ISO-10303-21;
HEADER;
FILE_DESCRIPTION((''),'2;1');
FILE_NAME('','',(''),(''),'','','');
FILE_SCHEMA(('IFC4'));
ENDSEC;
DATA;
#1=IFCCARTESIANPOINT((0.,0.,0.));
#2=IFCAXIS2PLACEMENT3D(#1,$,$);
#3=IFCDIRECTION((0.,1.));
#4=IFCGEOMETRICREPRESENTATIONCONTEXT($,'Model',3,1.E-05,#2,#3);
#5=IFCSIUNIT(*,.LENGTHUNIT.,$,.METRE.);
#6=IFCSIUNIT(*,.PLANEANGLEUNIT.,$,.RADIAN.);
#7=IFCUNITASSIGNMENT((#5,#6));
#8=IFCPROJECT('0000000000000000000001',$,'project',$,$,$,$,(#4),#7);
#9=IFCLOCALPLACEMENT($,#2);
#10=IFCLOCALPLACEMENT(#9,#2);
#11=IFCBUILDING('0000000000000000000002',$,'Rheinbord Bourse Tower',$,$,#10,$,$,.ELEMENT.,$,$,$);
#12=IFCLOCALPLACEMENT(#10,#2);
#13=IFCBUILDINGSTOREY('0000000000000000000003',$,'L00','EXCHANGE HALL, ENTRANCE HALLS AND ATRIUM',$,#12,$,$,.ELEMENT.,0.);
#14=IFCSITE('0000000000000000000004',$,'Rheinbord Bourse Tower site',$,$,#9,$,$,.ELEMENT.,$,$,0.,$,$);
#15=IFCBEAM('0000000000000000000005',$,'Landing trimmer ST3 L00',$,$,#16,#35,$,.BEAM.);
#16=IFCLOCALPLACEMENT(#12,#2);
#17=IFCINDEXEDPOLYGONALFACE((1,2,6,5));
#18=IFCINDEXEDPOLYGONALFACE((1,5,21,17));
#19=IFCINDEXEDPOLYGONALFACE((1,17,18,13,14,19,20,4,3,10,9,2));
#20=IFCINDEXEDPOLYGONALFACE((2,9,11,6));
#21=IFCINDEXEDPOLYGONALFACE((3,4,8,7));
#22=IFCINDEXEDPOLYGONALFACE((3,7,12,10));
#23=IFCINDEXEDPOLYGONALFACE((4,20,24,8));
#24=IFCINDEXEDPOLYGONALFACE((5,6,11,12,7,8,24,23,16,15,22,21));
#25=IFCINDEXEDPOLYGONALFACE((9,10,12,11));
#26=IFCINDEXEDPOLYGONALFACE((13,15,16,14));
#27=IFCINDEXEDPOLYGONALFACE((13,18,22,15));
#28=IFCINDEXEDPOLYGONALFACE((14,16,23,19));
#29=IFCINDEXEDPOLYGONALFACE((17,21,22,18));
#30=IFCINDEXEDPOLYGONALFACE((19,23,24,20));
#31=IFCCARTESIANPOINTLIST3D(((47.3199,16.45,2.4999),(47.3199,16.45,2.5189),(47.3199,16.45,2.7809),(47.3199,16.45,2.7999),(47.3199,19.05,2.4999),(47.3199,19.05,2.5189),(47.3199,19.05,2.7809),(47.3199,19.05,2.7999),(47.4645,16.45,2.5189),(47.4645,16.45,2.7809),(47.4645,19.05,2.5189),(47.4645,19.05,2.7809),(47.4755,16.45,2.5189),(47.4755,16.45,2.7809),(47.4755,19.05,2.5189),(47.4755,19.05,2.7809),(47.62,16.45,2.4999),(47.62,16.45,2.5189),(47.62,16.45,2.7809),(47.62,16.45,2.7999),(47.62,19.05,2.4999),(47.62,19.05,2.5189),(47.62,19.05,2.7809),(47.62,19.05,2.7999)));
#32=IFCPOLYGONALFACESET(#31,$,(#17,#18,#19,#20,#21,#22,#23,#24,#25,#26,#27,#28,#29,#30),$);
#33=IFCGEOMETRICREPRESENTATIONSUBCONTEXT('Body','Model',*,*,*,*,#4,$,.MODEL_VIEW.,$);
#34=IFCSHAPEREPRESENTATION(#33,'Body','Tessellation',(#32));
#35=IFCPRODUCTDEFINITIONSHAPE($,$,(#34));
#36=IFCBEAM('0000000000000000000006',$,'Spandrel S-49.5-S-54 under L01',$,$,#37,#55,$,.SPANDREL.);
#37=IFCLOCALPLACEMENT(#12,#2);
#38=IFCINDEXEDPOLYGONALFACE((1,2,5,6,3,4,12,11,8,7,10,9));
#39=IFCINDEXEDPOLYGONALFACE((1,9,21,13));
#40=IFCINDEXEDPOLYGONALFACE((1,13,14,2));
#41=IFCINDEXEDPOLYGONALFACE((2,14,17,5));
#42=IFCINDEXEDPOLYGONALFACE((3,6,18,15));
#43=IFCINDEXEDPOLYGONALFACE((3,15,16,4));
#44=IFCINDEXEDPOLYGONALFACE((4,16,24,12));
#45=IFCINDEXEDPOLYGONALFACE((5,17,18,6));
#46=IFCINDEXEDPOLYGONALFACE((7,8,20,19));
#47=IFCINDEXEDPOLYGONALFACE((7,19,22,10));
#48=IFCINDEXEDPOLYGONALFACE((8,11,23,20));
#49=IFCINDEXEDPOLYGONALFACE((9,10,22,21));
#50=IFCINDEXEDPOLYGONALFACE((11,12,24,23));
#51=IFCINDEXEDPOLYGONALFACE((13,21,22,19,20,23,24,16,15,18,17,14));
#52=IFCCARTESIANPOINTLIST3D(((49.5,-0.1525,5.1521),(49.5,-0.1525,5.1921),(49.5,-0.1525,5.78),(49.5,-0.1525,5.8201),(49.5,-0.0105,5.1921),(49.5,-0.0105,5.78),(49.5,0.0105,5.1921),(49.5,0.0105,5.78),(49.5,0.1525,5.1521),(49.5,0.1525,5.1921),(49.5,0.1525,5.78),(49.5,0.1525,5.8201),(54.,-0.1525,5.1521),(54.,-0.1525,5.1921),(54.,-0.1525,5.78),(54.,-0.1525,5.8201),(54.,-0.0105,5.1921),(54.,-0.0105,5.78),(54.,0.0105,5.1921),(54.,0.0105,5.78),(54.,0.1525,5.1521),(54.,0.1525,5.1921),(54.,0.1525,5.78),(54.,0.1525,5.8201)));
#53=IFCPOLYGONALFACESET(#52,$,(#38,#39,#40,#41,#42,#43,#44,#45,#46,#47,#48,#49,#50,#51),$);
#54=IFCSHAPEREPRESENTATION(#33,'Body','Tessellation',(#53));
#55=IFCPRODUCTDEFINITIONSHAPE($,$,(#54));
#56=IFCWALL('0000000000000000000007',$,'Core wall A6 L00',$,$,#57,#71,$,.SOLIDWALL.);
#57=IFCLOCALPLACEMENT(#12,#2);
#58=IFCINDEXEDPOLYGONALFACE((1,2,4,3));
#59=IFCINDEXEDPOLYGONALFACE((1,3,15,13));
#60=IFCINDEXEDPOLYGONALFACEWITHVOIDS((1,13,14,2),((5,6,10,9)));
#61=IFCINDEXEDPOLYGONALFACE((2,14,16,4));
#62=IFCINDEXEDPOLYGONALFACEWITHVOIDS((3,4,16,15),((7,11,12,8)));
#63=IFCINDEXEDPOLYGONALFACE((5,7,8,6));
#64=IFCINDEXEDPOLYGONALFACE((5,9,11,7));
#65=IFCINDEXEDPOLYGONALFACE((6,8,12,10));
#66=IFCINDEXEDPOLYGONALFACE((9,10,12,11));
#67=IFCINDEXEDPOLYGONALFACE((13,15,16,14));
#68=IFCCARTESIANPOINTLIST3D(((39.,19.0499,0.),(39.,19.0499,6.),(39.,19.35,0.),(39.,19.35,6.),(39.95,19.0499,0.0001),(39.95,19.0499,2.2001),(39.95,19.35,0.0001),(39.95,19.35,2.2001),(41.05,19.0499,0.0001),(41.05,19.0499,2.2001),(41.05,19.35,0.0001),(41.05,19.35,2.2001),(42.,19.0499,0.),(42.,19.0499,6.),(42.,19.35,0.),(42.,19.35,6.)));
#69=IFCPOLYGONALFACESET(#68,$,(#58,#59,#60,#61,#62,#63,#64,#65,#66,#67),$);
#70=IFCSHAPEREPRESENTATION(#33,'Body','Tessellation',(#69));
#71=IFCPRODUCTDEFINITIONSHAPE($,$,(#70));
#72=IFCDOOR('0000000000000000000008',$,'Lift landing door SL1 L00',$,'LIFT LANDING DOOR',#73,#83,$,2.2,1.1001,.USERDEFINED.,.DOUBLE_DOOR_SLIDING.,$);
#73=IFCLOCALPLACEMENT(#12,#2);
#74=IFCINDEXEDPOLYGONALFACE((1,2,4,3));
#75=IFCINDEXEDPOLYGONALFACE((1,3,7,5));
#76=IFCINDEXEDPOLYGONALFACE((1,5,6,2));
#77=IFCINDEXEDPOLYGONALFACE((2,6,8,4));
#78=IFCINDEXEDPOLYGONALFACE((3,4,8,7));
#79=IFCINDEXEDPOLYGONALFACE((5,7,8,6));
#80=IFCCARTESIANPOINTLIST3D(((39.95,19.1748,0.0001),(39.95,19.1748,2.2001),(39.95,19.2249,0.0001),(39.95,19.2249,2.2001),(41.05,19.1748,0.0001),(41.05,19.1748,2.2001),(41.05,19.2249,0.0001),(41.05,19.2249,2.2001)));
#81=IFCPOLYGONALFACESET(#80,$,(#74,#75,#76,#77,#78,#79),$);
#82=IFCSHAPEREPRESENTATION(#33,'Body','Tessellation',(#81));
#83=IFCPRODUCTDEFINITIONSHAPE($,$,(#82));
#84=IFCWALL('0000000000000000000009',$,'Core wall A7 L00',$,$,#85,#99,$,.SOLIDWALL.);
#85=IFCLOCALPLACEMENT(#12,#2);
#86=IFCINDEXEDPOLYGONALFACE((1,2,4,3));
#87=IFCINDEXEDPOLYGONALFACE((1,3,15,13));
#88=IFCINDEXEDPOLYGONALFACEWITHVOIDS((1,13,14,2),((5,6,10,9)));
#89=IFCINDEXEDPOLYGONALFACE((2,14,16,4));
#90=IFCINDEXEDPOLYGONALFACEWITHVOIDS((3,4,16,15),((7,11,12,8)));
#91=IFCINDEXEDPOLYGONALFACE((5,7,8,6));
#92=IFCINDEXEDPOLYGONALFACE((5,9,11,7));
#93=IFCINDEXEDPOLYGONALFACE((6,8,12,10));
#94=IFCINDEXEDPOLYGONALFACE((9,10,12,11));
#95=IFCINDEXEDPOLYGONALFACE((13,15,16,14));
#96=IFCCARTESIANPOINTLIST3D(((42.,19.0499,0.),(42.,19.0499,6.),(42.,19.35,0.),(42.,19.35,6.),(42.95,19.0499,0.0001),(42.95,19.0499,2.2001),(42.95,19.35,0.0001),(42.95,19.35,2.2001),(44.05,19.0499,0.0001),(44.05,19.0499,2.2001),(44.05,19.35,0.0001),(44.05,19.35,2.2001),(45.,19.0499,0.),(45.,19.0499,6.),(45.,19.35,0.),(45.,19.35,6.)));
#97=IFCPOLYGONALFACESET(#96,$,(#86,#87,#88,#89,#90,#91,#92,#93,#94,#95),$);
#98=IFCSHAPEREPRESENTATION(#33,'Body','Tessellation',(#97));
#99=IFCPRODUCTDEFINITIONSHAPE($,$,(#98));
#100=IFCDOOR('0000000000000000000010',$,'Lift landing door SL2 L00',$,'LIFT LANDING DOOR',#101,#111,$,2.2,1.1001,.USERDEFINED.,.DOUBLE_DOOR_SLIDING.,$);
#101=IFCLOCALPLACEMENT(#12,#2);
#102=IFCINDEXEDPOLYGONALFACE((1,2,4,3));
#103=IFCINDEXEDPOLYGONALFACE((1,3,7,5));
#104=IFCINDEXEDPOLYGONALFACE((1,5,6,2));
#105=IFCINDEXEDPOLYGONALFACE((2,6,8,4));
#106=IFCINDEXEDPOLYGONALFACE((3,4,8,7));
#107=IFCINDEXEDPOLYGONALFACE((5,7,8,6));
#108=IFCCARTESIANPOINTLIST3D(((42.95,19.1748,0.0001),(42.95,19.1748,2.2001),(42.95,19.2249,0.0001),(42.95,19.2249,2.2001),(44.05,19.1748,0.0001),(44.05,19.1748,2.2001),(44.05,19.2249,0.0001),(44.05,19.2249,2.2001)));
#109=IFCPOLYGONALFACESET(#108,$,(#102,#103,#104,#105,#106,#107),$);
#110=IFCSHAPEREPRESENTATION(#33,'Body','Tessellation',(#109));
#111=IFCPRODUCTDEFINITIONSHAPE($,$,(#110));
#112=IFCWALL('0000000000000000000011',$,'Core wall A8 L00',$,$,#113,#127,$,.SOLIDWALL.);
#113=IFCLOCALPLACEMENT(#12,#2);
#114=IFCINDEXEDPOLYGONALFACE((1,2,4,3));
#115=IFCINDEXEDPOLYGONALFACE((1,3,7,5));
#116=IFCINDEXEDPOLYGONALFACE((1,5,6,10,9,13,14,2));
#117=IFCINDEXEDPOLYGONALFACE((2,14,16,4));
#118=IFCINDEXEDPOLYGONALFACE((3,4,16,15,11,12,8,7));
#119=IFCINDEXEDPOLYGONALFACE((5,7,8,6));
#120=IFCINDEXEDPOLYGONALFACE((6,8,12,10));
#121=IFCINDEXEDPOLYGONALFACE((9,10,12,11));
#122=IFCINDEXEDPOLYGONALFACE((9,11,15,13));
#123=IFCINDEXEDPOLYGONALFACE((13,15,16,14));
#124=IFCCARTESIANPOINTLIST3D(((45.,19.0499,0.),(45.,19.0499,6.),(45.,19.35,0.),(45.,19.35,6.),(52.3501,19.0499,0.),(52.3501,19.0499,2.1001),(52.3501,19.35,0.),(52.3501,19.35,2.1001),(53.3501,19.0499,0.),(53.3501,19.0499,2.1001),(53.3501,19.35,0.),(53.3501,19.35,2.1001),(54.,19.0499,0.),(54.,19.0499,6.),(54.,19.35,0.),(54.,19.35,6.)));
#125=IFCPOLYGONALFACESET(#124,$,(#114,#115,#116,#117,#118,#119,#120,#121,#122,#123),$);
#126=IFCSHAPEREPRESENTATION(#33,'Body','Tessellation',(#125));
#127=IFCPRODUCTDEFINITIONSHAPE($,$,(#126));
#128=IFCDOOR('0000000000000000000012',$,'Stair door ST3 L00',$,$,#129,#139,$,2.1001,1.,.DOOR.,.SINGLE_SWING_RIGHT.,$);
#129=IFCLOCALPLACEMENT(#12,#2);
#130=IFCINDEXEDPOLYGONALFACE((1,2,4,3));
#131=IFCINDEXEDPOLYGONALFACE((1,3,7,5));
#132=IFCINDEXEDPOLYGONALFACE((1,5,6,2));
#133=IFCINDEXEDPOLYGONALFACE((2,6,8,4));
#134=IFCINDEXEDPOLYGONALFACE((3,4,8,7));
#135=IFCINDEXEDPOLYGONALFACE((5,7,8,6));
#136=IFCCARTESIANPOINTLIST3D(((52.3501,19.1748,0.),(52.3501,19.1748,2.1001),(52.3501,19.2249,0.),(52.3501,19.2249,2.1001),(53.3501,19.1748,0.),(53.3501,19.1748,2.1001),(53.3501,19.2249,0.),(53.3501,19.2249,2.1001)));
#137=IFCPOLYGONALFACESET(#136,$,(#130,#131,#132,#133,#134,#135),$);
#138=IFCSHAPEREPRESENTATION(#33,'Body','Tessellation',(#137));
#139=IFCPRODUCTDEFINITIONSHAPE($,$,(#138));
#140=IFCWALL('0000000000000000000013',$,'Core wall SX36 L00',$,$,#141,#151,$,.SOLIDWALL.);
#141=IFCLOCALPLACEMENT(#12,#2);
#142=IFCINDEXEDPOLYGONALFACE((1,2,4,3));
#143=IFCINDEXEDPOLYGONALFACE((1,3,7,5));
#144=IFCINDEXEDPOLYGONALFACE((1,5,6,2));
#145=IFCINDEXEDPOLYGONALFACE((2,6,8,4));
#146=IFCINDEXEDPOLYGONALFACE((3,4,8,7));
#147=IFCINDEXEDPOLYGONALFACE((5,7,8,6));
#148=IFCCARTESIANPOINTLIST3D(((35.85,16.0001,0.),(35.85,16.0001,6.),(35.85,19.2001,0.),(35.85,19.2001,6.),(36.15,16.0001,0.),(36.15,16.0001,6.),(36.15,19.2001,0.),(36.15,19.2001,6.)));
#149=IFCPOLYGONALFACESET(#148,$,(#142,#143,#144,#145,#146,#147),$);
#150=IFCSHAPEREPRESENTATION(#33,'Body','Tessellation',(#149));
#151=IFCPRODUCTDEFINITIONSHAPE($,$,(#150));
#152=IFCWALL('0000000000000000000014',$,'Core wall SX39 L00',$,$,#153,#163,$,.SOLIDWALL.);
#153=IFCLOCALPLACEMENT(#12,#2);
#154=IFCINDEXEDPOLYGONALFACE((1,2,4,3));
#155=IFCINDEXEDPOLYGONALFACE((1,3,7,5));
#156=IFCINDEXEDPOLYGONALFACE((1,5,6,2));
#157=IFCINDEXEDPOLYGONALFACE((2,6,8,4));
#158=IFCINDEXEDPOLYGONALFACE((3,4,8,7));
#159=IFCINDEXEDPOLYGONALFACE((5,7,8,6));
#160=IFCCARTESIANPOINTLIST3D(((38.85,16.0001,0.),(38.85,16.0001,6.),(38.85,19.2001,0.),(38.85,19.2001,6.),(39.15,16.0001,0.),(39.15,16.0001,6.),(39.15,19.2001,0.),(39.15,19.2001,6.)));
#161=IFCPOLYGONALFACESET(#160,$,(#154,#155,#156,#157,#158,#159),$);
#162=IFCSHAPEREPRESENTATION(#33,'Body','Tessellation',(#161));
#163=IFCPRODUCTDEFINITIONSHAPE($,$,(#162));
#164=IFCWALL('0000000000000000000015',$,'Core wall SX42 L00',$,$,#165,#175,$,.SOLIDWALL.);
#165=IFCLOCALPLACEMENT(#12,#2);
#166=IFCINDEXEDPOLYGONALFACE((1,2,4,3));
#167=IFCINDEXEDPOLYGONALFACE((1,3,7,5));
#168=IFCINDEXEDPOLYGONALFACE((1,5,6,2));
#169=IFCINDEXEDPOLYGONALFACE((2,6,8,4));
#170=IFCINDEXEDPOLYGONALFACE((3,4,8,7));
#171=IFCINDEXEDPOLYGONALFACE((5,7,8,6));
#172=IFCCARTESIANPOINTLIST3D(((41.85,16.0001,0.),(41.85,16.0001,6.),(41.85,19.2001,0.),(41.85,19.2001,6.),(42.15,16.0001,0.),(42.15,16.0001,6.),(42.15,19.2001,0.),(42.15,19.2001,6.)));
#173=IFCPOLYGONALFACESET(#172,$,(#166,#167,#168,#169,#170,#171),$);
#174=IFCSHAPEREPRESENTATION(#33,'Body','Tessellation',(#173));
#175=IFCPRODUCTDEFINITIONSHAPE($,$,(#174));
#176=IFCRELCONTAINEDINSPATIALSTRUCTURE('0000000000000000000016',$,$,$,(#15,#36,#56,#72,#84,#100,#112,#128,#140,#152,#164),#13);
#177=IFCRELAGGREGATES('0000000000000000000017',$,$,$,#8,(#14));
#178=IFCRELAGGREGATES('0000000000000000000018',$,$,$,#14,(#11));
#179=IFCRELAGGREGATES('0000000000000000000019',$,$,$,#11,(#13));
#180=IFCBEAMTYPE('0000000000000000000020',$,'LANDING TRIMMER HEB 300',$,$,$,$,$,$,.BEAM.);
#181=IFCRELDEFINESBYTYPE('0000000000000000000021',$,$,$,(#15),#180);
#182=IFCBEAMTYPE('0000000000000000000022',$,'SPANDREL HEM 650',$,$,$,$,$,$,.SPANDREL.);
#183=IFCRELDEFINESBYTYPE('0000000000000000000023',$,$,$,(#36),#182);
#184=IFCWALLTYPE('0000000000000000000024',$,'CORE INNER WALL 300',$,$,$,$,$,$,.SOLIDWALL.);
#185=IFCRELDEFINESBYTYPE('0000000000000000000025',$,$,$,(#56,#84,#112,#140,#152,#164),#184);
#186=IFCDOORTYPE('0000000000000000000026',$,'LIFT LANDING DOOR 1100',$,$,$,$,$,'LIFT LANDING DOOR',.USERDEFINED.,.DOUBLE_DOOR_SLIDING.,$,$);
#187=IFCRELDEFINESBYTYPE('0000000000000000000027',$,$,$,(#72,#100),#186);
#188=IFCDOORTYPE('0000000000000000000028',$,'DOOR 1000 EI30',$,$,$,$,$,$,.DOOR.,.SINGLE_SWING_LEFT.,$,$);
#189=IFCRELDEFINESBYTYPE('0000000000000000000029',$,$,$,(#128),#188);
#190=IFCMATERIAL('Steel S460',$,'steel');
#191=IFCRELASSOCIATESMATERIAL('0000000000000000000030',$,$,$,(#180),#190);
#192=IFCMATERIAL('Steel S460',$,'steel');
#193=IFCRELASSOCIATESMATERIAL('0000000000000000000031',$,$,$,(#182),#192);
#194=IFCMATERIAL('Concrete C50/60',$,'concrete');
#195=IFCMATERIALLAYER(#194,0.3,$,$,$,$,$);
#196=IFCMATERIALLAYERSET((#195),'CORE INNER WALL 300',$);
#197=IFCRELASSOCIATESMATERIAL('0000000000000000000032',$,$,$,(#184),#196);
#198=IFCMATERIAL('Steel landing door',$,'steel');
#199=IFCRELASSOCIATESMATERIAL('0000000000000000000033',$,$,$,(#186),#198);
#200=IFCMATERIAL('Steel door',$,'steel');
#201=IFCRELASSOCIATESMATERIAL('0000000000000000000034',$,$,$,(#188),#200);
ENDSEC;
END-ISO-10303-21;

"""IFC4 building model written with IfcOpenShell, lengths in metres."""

from ifc_helpers import new_model, si_unit, direction, frame, frame_2d, origin, origin_2d, place, context, subcontext, project, spatial, rectangle, i_section, extrude, material, layer, layer_set, material_profile, profile_set, type_object, element, fill, save


model = new_model("IFC4")

# Units and contexts
model_context = context("Model", 3, precision=1e-05, world=origin(), true_north=direction((0.0, 1.0)))
body_context = subcontext(model_context, "Body", "Model", "MODEL_VIEW")
ifc_project = project(units=[si_unit("LENGTHUNIT", "METRE"), si_unit("PLANEANGLEUNIT", "RADIAN")], contexts=[model_context])

# Site, building, storey
site_placement = place(None, origin())
site = spatial("IfcSite", under=ifc_project, at=site_placement, Name="Rheinbord Bourse Tower site", CompositionType="ELEMENT", RefElevation=0.0)
building_placement = place(site_placement, origin())
building = spatial("IfcBuilding", under=site, at=building_placement, Name="Rheinbord Bourse Tower", CompositionType="ELEMENT")
storey_placement = place(building_placement, origin())
storey = spatial("IfcBuildingStorey", under=building, at=storey_placement, Name="L00", Description="EXCHANGE HALL, ENTRANCE HALLS AND ATRIUM", CompositionType="ELEMENT", Elevation=0.0)

# Beams
ifc_material_1 = material(Name="Steel S460", Category="steel")
ifc_material_profile_1 = material_profile(ifc_material_1, i_section(OverallWidth=0.3, OverallDepth=0.3, WebThickness=0.011, FlangeThickness=0.019, at=origin_2d()), Name="HEB 300")
ifc_profile_set_1 = profile_set([ifc_material_profile_1], Name="Steel S460")
beam_type_1 = type_object("IfcBeamType", Name="LANDING TRIMMER HEB 300", PredefinedType="BEAM", material=ifc_profile_set_1)
beam_1_placement = place(storey_placement, frame((47.47, 16.45, 2.6499), z_axis=(0.0, 1.0, 0.0), x_axis=(-1.0, 0.0, 0.0)))
element("IfcBeam", 1, at=beam_1_placement, inside=storey, type_object=beam_type_1, Name="Landing trimmer ST3 L00", PredefinedType="BEAM", context=body_context, shape_type="SweptSolid", body=[
    extrude(i_section(OverallWidth=0.3, OverallDepth=0.3, WebThickness=0.011, FlangeThickness=0.019, at=origin_2d()), origin(), (0.0, 0.0, 1.0), 2.6001),
])
ifc_material_2 = material(Name="Steel S460", Category="steel")
ifc_material_profile_2 = material_profile(ifc_material_2, i_section(OverallWidth=0.3049, OverallDepth=0.668, WebThickness=0.021, FlangeThickness=0.04, at=origin_2d()), Name="HEM 650")
ifc_profile_set_2 = profile_set([ifc_material_profile_2], Name="Steel S460")
beam_type_2 = type_object("IfcBeamType", Name="SPANDREL HEM 650", PredefinedType="SPANDREL", material=ifc_profile_set_2)
beam_2_placement = place(storey_placement, frame((49.5, 0.0, 5.4861), z_axis=(1.0, 0.0, 0.0), x_axis=(0.0, 1.0, 0.0)))
element("IfcBeam", 2, at=beam_2_placement, inside=storey, type_object=beam_type_2, Name="Spandrel S-49.5-S-54 under L01", PredefinedType="SPANDREL", context=body_context, shape_type="SweptSolid", body=[
    extrude(i_section(OverallWidth=0.3049, OverallDepth=0.668, WebThickness=0.021, FlangeThickness=0.04, at=origin_2d()), origin(), (0.0, 0.0, 1.0), 4.5),
])

# Walls, openings, doors
ifc_material_3 = material(Name="Concrete C50/60", Category="concrete")
ifc_layer_1 = layer(ifc_material_3, 0.3)
ifc_layer_set_1 = layer_set([ifc_layer_1], Name="CORE INNER WALL 300")
wall_type_1 = type_object("IfcWallType", Name="CORE INNER WALL 300", PredefinedType="SOLIDWALL", material=ifc_layer_set_1)
wall_1_placement = place(storey_placement, frame((39.0, 19.2, 0.0), z_axis=(0.0, 0.0, 1.0), x_axis=(1.0, 0.0, 0.0)))
wall_1 = element("IfcWall", 3, at=wall_1_placement, inside=storey, type_object=wall_type_1, Name="Core wall A6 L00", PredefinedType="SOLIDWALL", context=body_context, shape_type="SweptSolid", body=[
    extrude(rectangle(XDim=3.0, YDim=0.3, at=frame_2d((1.5, 0.0))), origin(), (0.0, 0.0, 1.0), 6.0),
])
opening_1_placement = place(wall_1_placement, frame((0.95, 0.0, 0.0)))
opening_1 = element("IfcOpeningElement", 4, at=opening_1_placement, cuts=wall_1, PredefinedType="OPENING", context=body_context, shape_type="SweptSolid", body=[
    extrude(rectangle(XDim=1.1001, YDim=2.2, at=frame_2d((0.55, 1.1001))), frame((0.0, 0.1599, 0.0), z_axis=(0.0, -1.0, 0.0), x_axis=(1.0, 0.0, 0.0)), (0.0, 0.0, 1.0), 0.3201),
])
ifc_material_4 = material(Name="Steel landing door", Category="steel")
door_type_1 = type_object("IfcDoorType", Name="LIFT LANDING DOOR 1100", ElementType="LIFT LANDING DOOR", OperationType="DOUBLE_DOOR_SLIDING", PredefinedType="USERDEFINED", material=ifc_material_4)
door_1_placement = place(opening_1_placement, origin())
door_1 = element("IfcDoor", 5, at=door_1_placement, inside=storey, type_object=door_type_1, Name="Lift landing door SL1 L00", ObjectType="LIFT LANDING DOOR", OperationType="DOUBLE_DOOR_SLIDING", OverallHeight=2.2, OverallWidth=1.1001, PredefinedType="USERDEFINED", context=body_context, shape_type="SweptSolid", body=[
    extrude(rectangle(XDim=1.1001, YDim=2.2, at=frame_2d((0.55, 1.1001))), frame((0.0, 0.0249, 0.0), z_axis=(0.0, -1.0, 0.0), x_axis=(1.0, 0.0, 0.0)), (0.0, 0.0, 1.0), 0.05),
])
fill(opening_1, door_1)
wall_2_placement = place(storey_placement, frame((42.0, 19.2, 0.0), z_axis=(0.0, 0.0, 1.0), x_axis=(1.0, 0.0, 0.0)))
wall_2 = element("IfcWall", 6, at=wall_2_placement, inside=storey, type_object=wall_type_1, Name="Core wall A7 L00", PredefinedType="SOLIDWALL", context=body_context, shape_type="SweptSolid", body=[
    extrude(rectangle(XDim=3.0, YDim=0.3, at=frame_2d((1.5, 0.0))), origin(), (0.0, 0.0, 1.0), 6.0),
])
opening_2_placement = place(wall_2_placement, frame((0.95, 0.0, 0.0)))
opening_2 = element("IfcOpeningElement", 7, at=opening_2_placement, cuts=wall_2, PredefinedType="OPENING", context=body_context, shape_type="SweptSolid", body=[
    extrude(rectangle(XDim=1.1001, YDim=2.2, at=frame_2d((0.55, 1.1001))), frame((0.0, 0.1599, 0.0), z_axis=(0.0, -1.0, 0.0), x_axis=(1.0, 0.0, 0.0)), (0.0, 0.0, 1.0), 0.3201),
])
door_2_placement = place(opening_2_placement, origin())
door_2 = element("IfcDoor", 8, at=door_2_placement, inside=storey, type_object=door_type_1, Name="Lift landing door SL2 L00", ObjectType="LIFT LANDING DOOR", OperationType="DOUBLE_DOOR_SLIDING", OverallHeight=2.2, OverallWidth=1.1001, PredefinedType="USERDEFINED", context=body_context, shape_type="SweptSolid", body=[
    extrude(rectangle(XDim=1.1001, YDim=2.2, at=frame_2d((0.55, 1.1001))), frame((0.0, 0.0249, 0.0), z_axis=(0.0, -1.0, 0.0), x_axis=(1.0, 0.0, 0.0)), (0.0, 0.0, 1.0), 0.05),
])
fill(opening_2, door_2)
wall_3_placement = place(storey_placement, frame((45.0, 19.2, 0.0), z_axis=(0.0, 0.0, 1.0), x_axis=(1.0, 0.0, 0.0)))
wall_3 = element("IfcWall", 9, at=wall_3_placement, inside=storey, type_object=wall_type_1, Name="Core wall A8 L00", PredefinedType="SOLIDWALL", context=body_context, shape_type="SweptSolid", body=[
    extrude(rectangle(XDim=9.0, YDim=0.3, at=frame_2d((4.5, 0.0))), origin(), (0.0, 0.0, 1.0), 6.0),
])
opening_3_placement = place(wall_3_placement, frame((7.3501, 0.0, 0.0)))
opening_3 = element("IfcOpeningElement", 10, at=opening_3_placement, cuts=wall_3, PredefinedType="OPENING", context=body_context, shape_type="SweptSolid", body=[
    extrude(rectangle(XDim=1.0, YDim=2.1001, at=frame_2d((0.5, 1.05))), frame((0.0, 0.1599, 0.0), z_axis=(0.0, -1.0, 0.0), x_axis=(1.0, 0.0, 0.0)), (0.0, 0.0, 1.0), 0.3201),
])
ifc_material_5 = material(Name="Steel door", Category="steel")
door_type_2 = type_object("IfcDoorType", Name="DOOR 1000 EI30", OperationType="SINGLE_SWING_LEFT", PredefinedType="DOOR", material=ifc_material_5)
door_3_placement = place(opening_3_placement, origin())
door_3 = element("IfcDoor", 11, at=door_3_placement, inside=storey, type_object=door_type_2, Name="Stair door ST3 L00", OperationType="SINGLE_SWING_RIGHT", OverallHeight=2.1001, OverallWidth=1.0, PredefinedType="DOOR", context=body_context, shape_type="SweptSolid", body=[
    extrude(rectangle(XDim=1.0, YDim=2.1001, at=frame_2d((0.5, 1.05))), frame((0.0, 0.0249, 0.0), z_axis=(0.0, -1.0, 0.0), x_axis=(1.0, 0.0, 0.0)), (0.0, 0.0, 1.0), 0.05),
])
fill(opening_3, door_3)

# Walls
for number, where, z_axis, x_axis, name in (
    (12, (36.0, 16.0, 0.0), (0.0, 0.0, 1.0), (0.0, 1.0, 0.0), "Core wall SX36 L00"),
    (13, (39.0, 16.0, 0.0), (0.0, 0.0, 1.0), (0.0, 1.0, 0.0), "Core wall SX39 L00"),
    (14, (42.0, 16.0, 0.0), (0.0, 0.0, 1.0), (0.0, 1.0, 0.0), "Core wall SX42 L00"),
):
    element("IfcWall", number, at=place(storey_placement, frame(where, z_axis=z_axis, x_axis=x_axis)), inside=storey, type_object=wall_type_1, Name=name, PredefinedType="SOLIDWALL", context=body_context, shape_type="SweptSolid", body=[
        extrude(rectangle(XDim=3.2, YDim=0.3, at=frame_2d((1.6001, 0.0))), origin(), (0.0, 0.0, 1.0), 6.0),
    ])

save(model, "model.ifc")
